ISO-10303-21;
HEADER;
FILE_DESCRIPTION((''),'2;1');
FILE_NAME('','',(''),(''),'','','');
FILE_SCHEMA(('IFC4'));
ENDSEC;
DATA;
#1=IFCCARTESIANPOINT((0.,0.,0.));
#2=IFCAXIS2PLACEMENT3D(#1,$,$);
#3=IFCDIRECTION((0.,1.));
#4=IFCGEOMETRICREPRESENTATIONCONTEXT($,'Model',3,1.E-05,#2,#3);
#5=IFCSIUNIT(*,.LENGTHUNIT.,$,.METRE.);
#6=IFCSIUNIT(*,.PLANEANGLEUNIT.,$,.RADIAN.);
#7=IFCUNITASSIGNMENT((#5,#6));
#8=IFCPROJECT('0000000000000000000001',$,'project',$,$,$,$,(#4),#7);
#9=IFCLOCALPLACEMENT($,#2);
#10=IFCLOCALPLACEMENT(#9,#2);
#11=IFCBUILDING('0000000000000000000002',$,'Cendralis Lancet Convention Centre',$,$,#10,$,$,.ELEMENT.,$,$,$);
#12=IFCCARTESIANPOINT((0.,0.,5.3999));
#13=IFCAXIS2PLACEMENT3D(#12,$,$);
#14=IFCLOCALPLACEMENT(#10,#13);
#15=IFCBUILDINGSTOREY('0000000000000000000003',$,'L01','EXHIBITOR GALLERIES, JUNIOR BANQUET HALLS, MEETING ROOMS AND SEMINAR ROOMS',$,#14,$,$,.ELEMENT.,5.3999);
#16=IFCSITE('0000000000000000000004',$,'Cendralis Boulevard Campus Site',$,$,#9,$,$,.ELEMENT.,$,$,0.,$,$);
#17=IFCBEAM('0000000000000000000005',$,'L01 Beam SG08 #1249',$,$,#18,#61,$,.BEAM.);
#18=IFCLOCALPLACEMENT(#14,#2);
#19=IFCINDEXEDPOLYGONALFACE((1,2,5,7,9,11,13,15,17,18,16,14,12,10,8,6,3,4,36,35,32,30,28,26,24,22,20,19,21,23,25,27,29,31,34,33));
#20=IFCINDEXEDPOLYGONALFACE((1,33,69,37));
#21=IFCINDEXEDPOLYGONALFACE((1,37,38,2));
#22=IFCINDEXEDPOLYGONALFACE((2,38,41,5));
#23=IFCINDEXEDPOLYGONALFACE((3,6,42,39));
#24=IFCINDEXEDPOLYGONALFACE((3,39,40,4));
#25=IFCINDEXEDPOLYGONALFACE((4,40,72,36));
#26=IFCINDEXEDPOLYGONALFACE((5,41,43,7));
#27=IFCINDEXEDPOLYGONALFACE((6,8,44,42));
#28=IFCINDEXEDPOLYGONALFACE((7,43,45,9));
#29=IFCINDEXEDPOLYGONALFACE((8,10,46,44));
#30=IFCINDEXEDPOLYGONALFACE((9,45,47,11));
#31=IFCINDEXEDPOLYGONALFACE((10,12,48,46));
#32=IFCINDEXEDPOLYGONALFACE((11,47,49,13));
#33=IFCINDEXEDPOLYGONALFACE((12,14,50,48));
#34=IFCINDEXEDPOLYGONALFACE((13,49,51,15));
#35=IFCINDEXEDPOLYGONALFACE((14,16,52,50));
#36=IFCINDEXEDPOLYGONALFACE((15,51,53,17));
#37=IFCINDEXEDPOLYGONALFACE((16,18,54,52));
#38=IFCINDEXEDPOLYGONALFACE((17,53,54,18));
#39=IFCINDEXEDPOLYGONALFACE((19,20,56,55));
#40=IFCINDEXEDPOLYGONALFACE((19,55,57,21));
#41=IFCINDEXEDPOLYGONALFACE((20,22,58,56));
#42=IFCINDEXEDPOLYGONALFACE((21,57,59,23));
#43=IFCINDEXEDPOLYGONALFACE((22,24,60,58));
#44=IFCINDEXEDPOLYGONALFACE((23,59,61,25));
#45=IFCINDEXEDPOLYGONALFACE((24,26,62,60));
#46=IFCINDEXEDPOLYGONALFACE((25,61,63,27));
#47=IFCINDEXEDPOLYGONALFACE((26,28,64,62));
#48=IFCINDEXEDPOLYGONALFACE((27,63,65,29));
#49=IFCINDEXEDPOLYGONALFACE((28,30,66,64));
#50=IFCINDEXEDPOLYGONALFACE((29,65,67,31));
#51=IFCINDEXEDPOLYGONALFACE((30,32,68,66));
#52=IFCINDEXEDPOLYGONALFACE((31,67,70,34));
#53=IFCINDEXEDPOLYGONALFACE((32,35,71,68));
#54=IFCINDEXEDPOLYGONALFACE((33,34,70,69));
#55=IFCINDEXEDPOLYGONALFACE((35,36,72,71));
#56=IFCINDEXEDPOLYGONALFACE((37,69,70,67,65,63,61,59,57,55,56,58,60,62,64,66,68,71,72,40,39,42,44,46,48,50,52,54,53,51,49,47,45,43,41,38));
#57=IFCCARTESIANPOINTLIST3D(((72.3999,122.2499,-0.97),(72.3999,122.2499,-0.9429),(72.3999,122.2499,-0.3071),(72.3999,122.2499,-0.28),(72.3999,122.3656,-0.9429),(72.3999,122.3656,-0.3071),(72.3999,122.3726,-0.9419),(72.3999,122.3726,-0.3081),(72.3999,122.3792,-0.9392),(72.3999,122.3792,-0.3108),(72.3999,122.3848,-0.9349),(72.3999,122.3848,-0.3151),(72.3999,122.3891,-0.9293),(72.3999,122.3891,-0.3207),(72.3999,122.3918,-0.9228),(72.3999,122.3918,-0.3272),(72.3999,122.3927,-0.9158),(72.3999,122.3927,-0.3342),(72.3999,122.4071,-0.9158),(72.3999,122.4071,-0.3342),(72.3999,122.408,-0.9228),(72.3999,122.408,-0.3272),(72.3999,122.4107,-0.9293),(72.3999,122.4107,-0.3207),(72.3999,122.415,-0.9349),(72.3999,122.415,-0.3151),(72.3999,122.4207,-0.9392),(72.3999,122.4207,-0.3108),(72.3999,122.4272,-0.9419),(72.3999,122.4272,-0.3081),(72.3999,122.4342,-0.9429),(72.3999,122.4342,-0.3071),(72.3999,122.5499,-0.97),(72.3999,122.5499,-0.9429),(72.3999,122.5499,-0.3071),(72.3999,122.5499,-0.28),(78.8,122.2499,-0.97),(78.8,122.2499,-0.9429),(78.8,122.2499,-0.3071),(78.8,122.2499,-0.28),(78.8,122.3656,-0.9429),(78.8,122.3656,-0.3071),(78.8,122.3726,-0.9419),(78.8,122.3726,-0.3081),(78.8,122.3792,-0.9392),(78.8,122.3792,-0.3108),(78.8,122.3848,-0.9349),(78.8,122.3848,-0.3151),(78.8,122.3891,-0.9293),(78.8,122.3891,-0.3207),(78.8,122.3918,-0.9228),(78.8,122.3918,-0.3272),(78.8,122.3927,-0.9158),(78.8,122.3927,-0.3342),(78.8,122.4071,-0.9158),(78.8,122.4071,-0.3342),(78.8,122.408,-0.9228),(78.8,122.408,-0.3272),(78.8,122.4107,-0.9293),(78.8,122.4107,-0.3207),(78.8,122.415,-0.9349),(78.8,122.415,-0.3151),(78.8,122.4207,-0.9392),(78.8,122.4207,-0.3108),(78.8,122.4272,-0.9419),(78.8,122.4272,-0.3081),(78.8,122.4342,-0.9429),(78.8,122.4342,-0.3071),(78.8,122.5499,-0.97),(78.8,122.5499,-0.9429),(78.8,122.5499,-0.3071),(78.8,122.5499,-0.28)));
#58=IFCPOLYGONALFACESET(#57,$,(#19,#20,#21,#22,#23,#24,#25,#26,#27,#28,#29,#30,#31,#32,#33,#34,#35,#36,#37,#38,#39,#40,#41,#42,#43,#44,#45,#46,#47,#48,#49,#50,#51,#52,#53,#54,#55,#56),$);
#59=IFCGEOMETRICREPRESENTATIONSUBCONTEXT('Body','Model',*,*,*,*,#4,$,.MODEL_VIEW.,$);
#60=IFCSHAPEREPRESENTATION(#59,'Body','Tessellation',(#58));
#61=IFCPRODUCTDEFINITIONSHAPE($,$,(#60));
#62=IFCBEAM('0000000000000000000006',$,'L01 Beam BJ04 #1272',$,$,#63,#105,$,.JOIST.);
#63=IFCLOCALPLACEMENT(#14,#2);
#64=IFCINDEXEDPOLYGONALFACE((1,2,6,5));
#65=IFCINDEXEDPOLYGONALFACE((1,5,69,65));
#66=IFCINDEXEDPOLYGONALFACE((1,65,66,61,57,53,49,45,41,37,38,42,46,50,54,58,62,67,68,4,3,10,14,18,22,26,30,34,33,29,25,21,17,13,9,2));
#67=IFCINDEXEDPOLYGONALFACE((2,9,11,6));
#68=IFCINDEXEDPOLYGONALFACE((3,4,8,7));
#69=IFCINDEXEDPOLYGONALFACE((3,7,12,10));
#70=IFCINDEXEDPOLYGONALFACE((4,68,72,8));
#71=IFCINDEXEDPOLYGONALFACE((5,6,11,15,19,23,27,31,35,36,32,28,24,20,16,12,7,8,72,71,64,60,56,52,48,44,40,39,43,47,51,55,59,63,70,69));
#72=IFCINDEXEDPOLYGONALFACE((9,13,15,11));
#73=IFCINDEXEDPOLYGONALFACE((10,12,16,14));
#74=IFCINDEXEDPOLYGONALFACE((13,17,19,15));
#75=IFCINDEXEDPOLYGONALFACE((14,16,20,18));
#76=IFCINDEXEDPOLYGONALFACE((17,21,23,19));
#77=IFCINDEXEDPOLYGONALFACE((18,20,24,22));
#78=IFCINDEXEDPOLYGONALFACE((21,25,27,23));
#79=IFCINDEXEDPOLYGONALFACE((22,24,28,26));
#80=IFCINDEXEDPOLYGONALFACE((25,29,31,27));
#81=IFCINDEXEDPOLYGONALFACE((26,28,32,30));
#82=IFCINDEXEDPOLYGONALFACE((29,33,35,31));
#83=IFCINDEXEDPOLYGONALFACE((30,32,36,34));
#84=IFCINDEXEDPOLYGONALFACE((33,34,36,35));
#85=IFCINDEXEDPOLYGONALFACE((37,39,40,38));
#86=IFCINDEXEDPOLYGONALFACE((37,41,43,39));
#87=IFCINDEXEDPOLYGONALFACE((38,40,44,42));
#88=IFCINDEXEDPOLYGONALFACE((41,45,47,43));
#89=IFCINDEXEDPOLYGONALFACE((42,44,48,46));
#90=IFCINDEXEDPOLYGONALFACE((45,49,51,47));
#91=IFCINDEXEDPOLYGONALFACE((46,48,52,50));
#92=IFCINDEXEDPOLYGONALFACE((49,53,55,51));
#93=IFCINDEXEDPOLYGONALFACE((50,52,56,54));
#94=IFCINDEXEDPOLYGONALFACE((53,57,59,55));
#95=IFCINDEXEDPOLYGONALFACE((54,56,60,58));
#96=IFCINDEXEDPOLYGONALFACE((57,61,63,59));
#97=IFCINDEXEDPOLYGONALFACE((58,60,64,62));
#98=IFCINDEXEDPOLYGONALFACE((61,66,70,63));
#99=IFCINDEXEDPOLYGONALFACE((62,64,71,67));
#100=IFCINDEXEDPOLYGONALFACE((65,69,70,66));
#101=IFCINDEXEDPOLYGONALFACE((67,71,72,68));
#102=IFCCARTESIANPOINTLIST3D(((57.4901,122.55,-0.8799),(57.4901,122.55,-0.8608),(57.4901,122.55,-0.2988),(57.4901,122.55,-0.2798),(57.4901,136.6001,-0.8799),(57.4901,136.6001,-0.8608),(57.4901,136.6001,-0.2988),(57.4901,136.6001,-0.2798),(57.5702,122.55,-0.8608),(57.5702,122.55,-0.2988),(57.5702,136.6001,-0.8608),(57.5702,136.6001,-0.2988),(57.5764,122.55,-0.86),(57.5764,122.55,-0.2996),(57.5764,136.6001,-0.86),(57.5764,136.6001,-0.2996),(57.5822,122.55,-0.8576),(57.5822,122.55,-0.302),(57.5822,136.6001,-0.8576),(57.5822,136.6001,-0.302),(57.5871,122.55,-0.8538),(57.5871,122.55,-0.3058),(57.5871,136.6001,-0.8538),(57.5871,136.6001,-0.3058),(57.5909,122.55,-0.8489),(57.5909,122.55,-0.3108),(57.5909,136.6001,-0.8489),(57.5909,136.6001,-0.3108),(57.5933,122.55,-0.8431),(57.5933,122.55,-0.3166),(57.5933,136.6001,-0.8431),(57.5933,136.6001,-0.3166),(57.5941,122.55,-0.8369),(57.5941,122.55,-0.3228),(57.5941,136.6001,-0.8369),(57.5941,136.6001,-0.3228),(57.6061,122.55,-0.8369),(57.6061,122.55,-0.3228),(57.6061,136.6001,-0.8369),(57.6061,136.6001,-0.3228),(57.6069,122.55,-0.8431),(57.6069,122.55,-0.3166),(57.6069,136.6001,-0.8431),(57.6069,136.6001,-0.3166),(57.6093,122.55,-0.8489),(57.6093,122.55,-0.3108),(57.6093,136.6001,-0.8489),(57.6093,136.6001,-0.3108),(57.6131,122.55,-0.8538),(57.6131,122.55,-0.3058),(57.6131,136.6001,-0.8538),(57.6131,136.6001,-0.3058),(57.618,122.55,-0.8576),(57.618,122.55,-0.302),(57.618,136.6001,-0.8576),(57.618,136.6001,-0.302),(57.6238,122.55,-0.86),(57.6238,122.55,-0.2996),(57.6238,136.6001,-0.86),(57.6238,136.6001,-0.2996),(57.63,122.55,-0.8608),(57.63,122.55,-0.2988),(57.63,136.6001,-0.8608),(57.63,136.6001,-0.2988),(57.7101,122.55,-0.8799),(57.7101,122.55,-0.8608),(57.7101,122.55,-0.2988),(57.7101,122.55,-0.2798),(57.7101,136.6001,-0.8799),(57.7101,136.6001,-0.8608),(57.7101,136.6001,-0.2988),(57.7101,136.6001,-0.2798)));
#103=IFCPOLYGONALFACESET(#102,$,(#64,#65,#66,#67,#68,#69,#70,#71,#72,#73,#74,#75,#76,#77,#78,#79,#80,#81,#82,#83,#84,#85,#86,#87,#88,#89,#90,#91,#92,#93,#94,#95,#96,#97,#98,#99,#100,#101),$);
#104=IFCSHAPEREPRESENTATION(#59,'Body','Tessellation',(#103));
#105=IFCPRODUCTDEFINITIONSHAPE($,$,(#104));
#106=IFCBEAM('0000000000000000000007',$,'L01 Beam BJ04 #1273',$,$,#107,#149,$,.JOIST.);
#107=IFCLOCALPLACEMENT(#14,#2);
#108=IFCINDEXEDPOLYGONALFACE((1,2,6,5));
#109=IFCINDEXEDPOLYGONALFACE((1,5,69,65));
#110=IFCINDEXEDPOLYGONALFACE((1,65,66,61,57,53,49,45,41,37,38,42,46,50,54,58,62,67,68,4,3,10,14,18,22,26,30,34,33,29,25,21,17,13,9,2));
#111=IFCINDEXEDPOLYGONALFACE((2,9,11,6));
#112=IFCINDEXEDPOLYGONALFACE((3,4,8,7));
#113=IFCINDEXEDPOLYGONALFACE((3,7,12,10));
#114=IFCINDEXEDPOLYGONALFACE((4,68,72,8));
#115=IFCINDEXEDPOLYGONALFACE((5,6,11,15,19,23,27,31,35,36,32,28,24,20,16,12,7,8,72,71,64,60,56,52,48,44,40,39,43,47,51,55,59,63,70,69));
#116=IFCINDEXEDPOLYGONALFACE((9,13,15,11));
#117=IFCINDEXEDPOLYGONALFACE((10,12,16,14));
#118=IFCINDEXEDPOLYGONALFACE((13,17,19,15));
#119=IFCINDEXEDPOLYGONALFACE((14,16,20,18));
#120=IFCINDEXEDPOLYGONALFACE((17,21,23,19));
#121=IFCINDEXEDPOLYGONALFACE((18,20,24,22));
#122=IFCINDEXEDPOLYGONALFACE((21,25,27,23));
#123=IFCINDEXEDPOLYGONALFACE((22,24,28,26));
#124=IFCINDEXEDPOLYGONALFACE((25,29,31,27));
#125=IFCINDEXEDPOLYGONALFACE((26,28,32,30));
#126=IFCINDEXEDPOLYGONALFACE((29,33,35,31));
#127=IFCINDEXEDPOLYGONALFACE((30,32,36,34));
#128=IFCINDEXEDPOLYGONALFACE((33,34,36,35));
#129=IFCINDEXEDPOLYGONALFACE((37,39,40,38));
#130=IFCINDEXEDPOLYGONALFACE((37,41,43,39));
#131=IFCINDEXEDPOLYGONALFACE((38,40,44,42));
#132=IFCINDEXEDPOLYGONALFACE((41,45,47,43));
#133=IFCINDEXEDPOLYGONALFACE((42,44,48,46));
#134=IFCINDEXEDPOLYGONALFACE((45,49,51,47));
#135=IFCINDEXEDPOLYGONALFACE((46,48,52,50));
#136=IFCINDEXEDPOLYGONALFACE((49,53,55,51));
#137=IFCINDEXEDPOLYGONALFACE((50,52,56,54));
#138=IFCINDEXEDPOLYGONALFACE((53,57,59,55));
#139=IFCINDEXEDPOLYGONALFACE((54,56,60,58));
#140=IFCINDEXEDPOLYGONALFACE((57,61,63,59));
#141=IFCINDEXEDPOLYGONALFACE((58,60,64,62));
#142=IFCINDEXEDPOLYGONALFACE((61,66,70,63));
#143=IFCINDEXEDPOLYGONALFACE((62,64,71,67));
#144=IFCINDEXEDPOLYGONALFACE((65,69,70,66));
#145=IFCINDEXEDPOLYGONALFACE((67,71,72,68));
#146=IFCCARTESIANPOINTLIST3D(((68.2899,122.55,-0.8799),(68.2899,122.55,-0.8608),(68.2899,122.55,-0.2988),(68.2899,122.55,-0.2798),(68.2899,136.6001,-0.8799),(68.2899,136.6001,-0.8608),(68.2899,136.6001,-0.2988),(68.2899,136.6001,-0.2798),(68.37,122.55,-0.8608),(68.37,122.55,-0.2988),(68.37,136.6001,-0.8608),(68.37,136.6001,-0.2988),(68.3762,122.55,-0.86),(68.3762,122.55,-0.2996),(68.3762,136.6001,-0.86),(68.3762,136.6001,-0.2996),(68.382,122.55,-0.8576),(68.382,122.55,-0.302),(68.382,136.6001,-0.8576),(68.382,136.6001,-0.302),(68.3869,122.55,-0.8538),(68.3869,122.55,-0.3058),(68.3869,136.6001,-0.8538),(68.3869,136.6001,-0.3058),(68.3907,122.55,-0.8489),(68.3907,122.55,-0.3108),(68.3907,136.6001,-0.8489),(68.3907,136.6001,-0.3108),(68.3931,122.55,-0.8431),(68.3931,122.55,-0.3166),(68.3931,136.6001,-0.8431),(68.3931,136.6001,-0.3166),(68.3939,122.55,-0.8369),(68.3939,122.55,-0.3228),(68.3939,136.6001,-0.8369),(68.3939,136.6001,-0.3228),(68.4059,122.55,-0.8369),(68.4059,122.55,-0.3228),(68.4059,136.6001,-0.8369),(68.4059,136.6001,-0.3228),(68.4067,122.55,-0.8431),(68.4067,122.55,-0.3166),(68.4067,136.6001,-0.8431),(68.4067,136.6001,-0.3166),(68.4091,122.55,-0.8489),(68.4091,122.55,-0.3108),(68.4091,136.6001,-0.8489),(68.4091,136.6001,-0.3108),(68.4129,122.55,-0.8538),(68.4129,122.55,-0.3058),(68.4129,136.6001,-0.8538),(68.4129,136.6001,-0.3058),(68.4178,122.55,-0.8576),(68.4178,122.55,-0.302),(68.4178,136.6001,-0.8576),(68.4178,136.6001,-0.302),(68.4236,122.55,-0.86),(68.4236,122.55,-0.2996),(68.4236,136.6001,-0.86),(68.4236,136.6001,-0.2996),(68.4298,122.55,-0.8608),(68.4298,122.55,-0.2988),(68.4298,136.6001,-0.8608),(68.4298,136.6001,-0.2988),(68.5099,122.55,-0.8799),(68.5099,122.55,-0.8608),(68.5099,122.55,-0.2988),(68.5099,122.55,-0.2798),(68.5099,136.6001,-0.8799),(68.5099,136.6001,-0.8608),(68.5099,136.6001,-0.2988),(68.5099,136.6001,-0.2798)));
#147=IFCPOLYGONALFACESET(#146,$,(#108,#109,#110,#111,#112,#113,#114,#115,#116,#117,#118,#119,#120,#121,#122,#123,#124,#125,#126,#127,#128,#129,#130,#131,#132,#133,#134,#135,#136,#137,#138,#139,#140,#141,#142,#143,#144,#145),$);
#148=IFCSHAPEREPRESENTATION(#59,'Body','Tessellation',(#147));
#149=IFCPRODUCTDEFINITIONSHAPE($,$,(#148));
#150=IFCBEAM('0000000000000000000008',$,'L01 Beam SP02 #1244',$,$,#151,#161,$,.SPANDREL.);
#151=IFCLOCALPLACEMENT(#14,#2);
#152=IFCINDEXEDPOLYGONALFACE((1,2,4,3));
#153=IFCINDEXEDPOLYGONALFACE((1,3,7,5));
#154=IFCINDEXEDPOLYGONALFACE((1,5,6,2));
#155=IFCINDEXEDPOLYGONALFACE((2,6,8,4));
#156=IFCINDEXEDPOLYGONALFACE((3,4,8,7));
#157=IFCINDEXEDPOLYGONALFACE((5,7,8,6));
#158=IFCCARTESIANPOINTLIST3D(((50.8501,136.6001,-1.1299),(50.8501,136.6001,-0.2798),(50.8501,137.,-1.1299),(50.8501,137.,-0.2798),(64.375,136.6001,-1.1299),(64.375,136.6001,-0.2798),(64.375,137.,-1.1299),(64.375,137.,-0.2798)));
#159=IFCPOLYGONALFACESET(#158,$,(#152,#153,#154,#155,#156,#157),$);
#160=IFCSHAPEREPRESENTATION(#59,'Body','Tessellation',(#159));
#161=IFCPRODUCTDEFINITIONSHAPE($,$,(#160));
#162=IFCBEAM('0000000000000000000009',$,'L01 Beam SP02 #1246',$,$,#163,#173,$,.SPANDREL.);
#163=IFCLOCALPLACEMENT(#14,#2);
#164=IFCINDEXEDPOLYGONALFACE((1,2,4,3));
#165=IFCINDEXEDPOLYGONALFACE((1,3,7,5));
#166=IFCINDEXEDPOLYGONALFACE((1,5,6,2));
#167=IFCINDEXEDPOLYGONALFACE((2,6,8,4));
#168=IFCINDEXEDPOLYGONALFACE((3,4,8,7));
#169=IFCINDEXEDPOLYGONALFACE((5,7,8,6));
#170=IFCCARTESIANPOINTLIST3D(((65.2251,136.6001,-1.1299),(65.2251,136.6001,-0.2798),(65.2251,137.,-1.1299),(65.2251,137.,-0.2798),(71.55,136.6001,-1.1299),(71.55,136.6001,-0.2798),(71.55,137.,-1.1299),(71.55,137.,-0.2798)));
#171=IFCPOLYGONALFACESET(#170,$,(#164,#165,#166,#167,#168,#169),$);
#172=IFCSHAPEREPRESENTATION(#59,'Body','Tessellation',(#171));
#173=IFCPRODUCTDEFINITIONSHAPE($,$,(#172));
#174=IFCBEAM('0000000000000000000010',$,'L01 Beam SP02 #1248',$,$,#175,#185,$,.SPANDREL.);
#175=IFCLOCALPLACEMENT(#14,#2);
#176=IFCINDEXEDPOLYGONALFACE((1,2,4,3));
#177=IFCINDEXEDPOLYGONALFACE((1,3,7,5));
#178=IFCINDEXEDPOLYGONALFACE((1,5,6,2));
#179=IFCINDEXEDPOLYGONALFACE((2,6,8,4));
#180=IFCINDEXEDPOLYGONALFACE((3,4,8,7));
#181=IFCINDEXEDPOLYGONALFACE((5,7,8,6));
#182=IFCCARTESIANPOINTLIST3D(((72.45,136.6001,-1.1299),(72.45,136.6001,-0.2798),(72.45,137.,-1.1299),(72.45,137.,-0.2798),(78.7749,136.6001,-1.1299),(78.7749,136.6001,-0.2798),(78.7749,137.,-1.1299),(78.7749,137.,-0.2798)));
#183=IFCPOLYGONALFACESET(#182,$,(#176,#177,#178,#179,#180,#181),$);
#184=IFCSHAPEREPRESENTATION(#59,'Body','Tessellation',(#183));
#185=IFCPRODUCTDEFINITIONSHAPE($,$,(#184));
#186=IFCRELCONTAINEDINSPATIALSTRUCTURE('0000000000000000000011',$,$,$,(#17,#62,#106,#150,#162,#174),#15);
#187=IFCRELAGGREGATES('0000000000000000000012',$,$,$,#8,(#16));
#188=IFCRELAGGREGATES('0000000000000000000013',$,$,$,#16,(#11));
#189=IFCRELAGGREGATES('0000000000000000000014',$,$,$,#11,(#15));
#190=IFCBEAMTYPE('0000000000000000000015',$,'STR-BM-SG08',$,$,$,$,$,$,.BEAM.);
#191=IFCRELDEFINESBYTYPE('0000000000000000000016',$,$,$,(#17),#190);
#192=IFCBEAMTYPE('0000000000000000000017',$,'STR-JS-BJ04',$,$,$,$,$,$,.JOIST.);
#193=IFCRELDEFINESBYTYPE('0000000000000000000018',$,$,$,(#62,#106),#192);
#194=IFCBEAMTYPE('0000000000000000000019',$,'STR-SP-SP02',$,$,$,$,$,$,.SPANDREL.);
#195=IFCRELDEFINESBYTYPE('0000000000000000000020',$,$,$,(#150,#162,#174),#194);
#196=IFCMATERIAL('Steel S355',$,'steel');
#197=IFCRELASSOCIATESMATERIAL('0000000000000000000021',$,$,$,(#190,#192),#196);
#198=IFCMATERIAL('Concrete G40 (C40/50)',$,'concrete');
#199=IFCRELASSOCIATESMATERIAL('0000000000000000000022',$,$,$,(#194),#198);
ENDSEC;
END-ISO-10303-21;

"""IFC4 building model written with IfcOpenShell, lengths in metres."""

from ifc_helpers import new_model, si_unit, direction, frame, origin, origin_2d, place, context, subcontext, project, spatial, rectangle, i_section, extrude, material, material_profile, profile_set, type_object, element, save


model = new_model("IFC4")

# Units and contexts
model_context = context("Model", 3, precision=1e-05, world=origin(), true_north=direction((0.0, 1.0)))
body_context = subcontext(model_context, "Body", "Model", "MODEL_VIEW")
ifc_project = project(units=[si_unit("LENGTHUNIT", "METRE"), si_unit("PLANEANGLEUNIT", "RADIAN")], contexts=[model_context])

# Site, building, storey
site_placement = place(None, origin())
site = spatial("IfcSite", under=ifc_project, at=site_placement, Name="Cendralis Boulevard Campus Site", CompositionType="ELEMENT", RefElevation=0.0)
building_placement = place(site_placement, origin())
building = spatial("IfcBuilding", under=site, at=building_placement, Name="Cendralis Lancet Convention Centre", CompositionType="ELEMENT")
storey_placement = place(building_placement, frame((0.0, 0.0, 5.3999)))
storey = spatial("IfcBuildingStorey", under=building, at=storey_placement, Name="L01", Description="EXHIBITOR GALLERIES, JUNIOR BANQUET HALLS, MEETING ROOMS AND SEMINAR ROOMS", CompositionType="ELEMENT", Elevation=5.3999)

# Shared definitions
ifc_material_1 = material(Name="Concrete G40 (C40/50)", Category="concrete")

# Beams
ifc_material_2 = material(Name="Steel S355", Category="steel")
ifc_material_profile_1 = material_profile(ifc_material_2, i_section(OverallWidth=0.3, OverallDepth=0.6899, WebThickness=0.0144, FlangeThickness=0.0271, FilletRadius=0.0271, at=origin_2d()), Name="HEA 700")
ifc_profile_set_1 = profile_set([ifc_material_profile_1], Name="Steel S355")
beam_type_1 = type_object("IfcBeamType", Name="STR-BM-SG08", PredefinedType="BEAM", material=ifc_profile_set_1)
for number, where, z_axis, x_axis, name in (
    (1, (72.3999, 122.3999, -0.625), (1.0, 0.0, 0.0), (0.0, 1.0, 0.0), "L01 Beam SG08 #1249"),
):
    element("IfcBeam", number, at=place(storey_placement, frame(where, z_axis=z_axis, x_axis=x_axis)), inside=storey, type_object=beam_type_1, Name=name, PredefinedType="BEAM", context=body_context, shape_type="SweptSolid", body=[
        extrude(i_section(OverallWidth=0.3, OverallDepth=0.6899, WebThickness=0.0144, FlangeThickness=0.0271, FilletRadius=0.0271, at=origin_2d()), origin(), (0.0, 0.0, 1.0), 6.4001),
    ])
ifc_material_profile_2 = material_profile(ifc_material_2, i_section(OverallWidth=0.22, OverallDepth=0.6001, WebThickness=0.012, FlangeThickness=0.019, FilletRadius=0.0239, at=origin_2d()), Name="IPE 600")
ifc_profile_set_2 = profile_set([ifc_material_profile_2], Name="Steel S355")
beam_type_2 = type_object("IfcBeamType", Name="STR-JS-BJ04", PredefinedType="JOIST", material=ifc_profile_set_2)
for number, where, z_axis, x_axis, name in (
    (2, (57.6001, 122.55, -0.5798), (0.0, 1.0, 0.0), (-1.0, 0.0, 0.0), "L01 Beam BJ04 #1272"),
    (3, (68.3999, 122.55, -0.5798), (0.0, 1.0, 0.0), (-1.0, 0.0, 0.0), "L01 Beam BJ04 #1273"),
):
    element("IfcBeam", number, at=place(storey_placement, frame(where, z_axis=z_axis, x_axis=x_axis)), inside=storey, type_object=beam_type_2, Name=name, PredefinedType="JOIST", context=body_context, shape_type="SweptSolid", body=[
        extrude(i_section(OverallWidth=0.22, OverallDepth=0.6001, WebThickness=0.012, FlangeThickness=0.019, FilletRadius=0.0239, at=origin_2d()), origin(), (0.0, 0.0, 1.0), 14.05),
    ])
ifc_material_profile_3 = material_profile(ifc_material_1, rectangle(XDim=0.3999, YDim=0.8501, at=origin_2d()), Name="RCB 400x850")
ifc_profile_set_3 = profile_set([ifc_material_profile_3], Name="Concrete G40 (C40/50)")
beam_type_3 = type_object("IfcBeamType", Name="STR-SP-SP02", PredefinedType="SPANDREL", material=ifc_profile_set_3)
beam_1_placement = place(storey_placement, frame((50.8501, 136.8, -0.7048), z_axis=(1.0, 0.0, 0.0), x_axis=(0.0, 1.0, 0.0)))
element("IfcBeam", 4, at=beam_1_placement, inside=storey, type_object=beam_type_3, Name="L01 Beam SP02 #1244", PredefinedType="SPANDREL", context=body_context, shape_type="SweptSolid", body=[
    extrude(rectangle(XDim=0.3999, YDim=0.8501, at=origin_2d()), origin(), (0.0, 0.0, 1.0), 13.5249),
])
for number, where, z_axis, x_axis, name in (
    (5, (65.2251, 136.8, -0.7048), (1.0, 0.0, 0.0), (0.0, 1.0, 0.0), "L01 Beam SP02 #1246"),
    (6, (72.45, 136.8, -0.7048), (1.0, 0.0, 0.0), (0.0, 1.0, 0.0), "L01 Beam SP02 #1248"),
):
    element("IfcBeam", number, at=place(storey_placement, frame(where, z_axis=z_axis, x_axis=x_axis)), inside=storey, type_object=beam_type_3, Name=name, PredefinedType="SPANDREL", context=body_context, shape_type="SweptSolid", body=[
        extrude(rectangle(XDim=0.3999, YDim=0.8501, at=origin_2d()), origin(), (0.0, 0.0, 1.0), 6.325),
    ])

save(model, "model.ifc")
